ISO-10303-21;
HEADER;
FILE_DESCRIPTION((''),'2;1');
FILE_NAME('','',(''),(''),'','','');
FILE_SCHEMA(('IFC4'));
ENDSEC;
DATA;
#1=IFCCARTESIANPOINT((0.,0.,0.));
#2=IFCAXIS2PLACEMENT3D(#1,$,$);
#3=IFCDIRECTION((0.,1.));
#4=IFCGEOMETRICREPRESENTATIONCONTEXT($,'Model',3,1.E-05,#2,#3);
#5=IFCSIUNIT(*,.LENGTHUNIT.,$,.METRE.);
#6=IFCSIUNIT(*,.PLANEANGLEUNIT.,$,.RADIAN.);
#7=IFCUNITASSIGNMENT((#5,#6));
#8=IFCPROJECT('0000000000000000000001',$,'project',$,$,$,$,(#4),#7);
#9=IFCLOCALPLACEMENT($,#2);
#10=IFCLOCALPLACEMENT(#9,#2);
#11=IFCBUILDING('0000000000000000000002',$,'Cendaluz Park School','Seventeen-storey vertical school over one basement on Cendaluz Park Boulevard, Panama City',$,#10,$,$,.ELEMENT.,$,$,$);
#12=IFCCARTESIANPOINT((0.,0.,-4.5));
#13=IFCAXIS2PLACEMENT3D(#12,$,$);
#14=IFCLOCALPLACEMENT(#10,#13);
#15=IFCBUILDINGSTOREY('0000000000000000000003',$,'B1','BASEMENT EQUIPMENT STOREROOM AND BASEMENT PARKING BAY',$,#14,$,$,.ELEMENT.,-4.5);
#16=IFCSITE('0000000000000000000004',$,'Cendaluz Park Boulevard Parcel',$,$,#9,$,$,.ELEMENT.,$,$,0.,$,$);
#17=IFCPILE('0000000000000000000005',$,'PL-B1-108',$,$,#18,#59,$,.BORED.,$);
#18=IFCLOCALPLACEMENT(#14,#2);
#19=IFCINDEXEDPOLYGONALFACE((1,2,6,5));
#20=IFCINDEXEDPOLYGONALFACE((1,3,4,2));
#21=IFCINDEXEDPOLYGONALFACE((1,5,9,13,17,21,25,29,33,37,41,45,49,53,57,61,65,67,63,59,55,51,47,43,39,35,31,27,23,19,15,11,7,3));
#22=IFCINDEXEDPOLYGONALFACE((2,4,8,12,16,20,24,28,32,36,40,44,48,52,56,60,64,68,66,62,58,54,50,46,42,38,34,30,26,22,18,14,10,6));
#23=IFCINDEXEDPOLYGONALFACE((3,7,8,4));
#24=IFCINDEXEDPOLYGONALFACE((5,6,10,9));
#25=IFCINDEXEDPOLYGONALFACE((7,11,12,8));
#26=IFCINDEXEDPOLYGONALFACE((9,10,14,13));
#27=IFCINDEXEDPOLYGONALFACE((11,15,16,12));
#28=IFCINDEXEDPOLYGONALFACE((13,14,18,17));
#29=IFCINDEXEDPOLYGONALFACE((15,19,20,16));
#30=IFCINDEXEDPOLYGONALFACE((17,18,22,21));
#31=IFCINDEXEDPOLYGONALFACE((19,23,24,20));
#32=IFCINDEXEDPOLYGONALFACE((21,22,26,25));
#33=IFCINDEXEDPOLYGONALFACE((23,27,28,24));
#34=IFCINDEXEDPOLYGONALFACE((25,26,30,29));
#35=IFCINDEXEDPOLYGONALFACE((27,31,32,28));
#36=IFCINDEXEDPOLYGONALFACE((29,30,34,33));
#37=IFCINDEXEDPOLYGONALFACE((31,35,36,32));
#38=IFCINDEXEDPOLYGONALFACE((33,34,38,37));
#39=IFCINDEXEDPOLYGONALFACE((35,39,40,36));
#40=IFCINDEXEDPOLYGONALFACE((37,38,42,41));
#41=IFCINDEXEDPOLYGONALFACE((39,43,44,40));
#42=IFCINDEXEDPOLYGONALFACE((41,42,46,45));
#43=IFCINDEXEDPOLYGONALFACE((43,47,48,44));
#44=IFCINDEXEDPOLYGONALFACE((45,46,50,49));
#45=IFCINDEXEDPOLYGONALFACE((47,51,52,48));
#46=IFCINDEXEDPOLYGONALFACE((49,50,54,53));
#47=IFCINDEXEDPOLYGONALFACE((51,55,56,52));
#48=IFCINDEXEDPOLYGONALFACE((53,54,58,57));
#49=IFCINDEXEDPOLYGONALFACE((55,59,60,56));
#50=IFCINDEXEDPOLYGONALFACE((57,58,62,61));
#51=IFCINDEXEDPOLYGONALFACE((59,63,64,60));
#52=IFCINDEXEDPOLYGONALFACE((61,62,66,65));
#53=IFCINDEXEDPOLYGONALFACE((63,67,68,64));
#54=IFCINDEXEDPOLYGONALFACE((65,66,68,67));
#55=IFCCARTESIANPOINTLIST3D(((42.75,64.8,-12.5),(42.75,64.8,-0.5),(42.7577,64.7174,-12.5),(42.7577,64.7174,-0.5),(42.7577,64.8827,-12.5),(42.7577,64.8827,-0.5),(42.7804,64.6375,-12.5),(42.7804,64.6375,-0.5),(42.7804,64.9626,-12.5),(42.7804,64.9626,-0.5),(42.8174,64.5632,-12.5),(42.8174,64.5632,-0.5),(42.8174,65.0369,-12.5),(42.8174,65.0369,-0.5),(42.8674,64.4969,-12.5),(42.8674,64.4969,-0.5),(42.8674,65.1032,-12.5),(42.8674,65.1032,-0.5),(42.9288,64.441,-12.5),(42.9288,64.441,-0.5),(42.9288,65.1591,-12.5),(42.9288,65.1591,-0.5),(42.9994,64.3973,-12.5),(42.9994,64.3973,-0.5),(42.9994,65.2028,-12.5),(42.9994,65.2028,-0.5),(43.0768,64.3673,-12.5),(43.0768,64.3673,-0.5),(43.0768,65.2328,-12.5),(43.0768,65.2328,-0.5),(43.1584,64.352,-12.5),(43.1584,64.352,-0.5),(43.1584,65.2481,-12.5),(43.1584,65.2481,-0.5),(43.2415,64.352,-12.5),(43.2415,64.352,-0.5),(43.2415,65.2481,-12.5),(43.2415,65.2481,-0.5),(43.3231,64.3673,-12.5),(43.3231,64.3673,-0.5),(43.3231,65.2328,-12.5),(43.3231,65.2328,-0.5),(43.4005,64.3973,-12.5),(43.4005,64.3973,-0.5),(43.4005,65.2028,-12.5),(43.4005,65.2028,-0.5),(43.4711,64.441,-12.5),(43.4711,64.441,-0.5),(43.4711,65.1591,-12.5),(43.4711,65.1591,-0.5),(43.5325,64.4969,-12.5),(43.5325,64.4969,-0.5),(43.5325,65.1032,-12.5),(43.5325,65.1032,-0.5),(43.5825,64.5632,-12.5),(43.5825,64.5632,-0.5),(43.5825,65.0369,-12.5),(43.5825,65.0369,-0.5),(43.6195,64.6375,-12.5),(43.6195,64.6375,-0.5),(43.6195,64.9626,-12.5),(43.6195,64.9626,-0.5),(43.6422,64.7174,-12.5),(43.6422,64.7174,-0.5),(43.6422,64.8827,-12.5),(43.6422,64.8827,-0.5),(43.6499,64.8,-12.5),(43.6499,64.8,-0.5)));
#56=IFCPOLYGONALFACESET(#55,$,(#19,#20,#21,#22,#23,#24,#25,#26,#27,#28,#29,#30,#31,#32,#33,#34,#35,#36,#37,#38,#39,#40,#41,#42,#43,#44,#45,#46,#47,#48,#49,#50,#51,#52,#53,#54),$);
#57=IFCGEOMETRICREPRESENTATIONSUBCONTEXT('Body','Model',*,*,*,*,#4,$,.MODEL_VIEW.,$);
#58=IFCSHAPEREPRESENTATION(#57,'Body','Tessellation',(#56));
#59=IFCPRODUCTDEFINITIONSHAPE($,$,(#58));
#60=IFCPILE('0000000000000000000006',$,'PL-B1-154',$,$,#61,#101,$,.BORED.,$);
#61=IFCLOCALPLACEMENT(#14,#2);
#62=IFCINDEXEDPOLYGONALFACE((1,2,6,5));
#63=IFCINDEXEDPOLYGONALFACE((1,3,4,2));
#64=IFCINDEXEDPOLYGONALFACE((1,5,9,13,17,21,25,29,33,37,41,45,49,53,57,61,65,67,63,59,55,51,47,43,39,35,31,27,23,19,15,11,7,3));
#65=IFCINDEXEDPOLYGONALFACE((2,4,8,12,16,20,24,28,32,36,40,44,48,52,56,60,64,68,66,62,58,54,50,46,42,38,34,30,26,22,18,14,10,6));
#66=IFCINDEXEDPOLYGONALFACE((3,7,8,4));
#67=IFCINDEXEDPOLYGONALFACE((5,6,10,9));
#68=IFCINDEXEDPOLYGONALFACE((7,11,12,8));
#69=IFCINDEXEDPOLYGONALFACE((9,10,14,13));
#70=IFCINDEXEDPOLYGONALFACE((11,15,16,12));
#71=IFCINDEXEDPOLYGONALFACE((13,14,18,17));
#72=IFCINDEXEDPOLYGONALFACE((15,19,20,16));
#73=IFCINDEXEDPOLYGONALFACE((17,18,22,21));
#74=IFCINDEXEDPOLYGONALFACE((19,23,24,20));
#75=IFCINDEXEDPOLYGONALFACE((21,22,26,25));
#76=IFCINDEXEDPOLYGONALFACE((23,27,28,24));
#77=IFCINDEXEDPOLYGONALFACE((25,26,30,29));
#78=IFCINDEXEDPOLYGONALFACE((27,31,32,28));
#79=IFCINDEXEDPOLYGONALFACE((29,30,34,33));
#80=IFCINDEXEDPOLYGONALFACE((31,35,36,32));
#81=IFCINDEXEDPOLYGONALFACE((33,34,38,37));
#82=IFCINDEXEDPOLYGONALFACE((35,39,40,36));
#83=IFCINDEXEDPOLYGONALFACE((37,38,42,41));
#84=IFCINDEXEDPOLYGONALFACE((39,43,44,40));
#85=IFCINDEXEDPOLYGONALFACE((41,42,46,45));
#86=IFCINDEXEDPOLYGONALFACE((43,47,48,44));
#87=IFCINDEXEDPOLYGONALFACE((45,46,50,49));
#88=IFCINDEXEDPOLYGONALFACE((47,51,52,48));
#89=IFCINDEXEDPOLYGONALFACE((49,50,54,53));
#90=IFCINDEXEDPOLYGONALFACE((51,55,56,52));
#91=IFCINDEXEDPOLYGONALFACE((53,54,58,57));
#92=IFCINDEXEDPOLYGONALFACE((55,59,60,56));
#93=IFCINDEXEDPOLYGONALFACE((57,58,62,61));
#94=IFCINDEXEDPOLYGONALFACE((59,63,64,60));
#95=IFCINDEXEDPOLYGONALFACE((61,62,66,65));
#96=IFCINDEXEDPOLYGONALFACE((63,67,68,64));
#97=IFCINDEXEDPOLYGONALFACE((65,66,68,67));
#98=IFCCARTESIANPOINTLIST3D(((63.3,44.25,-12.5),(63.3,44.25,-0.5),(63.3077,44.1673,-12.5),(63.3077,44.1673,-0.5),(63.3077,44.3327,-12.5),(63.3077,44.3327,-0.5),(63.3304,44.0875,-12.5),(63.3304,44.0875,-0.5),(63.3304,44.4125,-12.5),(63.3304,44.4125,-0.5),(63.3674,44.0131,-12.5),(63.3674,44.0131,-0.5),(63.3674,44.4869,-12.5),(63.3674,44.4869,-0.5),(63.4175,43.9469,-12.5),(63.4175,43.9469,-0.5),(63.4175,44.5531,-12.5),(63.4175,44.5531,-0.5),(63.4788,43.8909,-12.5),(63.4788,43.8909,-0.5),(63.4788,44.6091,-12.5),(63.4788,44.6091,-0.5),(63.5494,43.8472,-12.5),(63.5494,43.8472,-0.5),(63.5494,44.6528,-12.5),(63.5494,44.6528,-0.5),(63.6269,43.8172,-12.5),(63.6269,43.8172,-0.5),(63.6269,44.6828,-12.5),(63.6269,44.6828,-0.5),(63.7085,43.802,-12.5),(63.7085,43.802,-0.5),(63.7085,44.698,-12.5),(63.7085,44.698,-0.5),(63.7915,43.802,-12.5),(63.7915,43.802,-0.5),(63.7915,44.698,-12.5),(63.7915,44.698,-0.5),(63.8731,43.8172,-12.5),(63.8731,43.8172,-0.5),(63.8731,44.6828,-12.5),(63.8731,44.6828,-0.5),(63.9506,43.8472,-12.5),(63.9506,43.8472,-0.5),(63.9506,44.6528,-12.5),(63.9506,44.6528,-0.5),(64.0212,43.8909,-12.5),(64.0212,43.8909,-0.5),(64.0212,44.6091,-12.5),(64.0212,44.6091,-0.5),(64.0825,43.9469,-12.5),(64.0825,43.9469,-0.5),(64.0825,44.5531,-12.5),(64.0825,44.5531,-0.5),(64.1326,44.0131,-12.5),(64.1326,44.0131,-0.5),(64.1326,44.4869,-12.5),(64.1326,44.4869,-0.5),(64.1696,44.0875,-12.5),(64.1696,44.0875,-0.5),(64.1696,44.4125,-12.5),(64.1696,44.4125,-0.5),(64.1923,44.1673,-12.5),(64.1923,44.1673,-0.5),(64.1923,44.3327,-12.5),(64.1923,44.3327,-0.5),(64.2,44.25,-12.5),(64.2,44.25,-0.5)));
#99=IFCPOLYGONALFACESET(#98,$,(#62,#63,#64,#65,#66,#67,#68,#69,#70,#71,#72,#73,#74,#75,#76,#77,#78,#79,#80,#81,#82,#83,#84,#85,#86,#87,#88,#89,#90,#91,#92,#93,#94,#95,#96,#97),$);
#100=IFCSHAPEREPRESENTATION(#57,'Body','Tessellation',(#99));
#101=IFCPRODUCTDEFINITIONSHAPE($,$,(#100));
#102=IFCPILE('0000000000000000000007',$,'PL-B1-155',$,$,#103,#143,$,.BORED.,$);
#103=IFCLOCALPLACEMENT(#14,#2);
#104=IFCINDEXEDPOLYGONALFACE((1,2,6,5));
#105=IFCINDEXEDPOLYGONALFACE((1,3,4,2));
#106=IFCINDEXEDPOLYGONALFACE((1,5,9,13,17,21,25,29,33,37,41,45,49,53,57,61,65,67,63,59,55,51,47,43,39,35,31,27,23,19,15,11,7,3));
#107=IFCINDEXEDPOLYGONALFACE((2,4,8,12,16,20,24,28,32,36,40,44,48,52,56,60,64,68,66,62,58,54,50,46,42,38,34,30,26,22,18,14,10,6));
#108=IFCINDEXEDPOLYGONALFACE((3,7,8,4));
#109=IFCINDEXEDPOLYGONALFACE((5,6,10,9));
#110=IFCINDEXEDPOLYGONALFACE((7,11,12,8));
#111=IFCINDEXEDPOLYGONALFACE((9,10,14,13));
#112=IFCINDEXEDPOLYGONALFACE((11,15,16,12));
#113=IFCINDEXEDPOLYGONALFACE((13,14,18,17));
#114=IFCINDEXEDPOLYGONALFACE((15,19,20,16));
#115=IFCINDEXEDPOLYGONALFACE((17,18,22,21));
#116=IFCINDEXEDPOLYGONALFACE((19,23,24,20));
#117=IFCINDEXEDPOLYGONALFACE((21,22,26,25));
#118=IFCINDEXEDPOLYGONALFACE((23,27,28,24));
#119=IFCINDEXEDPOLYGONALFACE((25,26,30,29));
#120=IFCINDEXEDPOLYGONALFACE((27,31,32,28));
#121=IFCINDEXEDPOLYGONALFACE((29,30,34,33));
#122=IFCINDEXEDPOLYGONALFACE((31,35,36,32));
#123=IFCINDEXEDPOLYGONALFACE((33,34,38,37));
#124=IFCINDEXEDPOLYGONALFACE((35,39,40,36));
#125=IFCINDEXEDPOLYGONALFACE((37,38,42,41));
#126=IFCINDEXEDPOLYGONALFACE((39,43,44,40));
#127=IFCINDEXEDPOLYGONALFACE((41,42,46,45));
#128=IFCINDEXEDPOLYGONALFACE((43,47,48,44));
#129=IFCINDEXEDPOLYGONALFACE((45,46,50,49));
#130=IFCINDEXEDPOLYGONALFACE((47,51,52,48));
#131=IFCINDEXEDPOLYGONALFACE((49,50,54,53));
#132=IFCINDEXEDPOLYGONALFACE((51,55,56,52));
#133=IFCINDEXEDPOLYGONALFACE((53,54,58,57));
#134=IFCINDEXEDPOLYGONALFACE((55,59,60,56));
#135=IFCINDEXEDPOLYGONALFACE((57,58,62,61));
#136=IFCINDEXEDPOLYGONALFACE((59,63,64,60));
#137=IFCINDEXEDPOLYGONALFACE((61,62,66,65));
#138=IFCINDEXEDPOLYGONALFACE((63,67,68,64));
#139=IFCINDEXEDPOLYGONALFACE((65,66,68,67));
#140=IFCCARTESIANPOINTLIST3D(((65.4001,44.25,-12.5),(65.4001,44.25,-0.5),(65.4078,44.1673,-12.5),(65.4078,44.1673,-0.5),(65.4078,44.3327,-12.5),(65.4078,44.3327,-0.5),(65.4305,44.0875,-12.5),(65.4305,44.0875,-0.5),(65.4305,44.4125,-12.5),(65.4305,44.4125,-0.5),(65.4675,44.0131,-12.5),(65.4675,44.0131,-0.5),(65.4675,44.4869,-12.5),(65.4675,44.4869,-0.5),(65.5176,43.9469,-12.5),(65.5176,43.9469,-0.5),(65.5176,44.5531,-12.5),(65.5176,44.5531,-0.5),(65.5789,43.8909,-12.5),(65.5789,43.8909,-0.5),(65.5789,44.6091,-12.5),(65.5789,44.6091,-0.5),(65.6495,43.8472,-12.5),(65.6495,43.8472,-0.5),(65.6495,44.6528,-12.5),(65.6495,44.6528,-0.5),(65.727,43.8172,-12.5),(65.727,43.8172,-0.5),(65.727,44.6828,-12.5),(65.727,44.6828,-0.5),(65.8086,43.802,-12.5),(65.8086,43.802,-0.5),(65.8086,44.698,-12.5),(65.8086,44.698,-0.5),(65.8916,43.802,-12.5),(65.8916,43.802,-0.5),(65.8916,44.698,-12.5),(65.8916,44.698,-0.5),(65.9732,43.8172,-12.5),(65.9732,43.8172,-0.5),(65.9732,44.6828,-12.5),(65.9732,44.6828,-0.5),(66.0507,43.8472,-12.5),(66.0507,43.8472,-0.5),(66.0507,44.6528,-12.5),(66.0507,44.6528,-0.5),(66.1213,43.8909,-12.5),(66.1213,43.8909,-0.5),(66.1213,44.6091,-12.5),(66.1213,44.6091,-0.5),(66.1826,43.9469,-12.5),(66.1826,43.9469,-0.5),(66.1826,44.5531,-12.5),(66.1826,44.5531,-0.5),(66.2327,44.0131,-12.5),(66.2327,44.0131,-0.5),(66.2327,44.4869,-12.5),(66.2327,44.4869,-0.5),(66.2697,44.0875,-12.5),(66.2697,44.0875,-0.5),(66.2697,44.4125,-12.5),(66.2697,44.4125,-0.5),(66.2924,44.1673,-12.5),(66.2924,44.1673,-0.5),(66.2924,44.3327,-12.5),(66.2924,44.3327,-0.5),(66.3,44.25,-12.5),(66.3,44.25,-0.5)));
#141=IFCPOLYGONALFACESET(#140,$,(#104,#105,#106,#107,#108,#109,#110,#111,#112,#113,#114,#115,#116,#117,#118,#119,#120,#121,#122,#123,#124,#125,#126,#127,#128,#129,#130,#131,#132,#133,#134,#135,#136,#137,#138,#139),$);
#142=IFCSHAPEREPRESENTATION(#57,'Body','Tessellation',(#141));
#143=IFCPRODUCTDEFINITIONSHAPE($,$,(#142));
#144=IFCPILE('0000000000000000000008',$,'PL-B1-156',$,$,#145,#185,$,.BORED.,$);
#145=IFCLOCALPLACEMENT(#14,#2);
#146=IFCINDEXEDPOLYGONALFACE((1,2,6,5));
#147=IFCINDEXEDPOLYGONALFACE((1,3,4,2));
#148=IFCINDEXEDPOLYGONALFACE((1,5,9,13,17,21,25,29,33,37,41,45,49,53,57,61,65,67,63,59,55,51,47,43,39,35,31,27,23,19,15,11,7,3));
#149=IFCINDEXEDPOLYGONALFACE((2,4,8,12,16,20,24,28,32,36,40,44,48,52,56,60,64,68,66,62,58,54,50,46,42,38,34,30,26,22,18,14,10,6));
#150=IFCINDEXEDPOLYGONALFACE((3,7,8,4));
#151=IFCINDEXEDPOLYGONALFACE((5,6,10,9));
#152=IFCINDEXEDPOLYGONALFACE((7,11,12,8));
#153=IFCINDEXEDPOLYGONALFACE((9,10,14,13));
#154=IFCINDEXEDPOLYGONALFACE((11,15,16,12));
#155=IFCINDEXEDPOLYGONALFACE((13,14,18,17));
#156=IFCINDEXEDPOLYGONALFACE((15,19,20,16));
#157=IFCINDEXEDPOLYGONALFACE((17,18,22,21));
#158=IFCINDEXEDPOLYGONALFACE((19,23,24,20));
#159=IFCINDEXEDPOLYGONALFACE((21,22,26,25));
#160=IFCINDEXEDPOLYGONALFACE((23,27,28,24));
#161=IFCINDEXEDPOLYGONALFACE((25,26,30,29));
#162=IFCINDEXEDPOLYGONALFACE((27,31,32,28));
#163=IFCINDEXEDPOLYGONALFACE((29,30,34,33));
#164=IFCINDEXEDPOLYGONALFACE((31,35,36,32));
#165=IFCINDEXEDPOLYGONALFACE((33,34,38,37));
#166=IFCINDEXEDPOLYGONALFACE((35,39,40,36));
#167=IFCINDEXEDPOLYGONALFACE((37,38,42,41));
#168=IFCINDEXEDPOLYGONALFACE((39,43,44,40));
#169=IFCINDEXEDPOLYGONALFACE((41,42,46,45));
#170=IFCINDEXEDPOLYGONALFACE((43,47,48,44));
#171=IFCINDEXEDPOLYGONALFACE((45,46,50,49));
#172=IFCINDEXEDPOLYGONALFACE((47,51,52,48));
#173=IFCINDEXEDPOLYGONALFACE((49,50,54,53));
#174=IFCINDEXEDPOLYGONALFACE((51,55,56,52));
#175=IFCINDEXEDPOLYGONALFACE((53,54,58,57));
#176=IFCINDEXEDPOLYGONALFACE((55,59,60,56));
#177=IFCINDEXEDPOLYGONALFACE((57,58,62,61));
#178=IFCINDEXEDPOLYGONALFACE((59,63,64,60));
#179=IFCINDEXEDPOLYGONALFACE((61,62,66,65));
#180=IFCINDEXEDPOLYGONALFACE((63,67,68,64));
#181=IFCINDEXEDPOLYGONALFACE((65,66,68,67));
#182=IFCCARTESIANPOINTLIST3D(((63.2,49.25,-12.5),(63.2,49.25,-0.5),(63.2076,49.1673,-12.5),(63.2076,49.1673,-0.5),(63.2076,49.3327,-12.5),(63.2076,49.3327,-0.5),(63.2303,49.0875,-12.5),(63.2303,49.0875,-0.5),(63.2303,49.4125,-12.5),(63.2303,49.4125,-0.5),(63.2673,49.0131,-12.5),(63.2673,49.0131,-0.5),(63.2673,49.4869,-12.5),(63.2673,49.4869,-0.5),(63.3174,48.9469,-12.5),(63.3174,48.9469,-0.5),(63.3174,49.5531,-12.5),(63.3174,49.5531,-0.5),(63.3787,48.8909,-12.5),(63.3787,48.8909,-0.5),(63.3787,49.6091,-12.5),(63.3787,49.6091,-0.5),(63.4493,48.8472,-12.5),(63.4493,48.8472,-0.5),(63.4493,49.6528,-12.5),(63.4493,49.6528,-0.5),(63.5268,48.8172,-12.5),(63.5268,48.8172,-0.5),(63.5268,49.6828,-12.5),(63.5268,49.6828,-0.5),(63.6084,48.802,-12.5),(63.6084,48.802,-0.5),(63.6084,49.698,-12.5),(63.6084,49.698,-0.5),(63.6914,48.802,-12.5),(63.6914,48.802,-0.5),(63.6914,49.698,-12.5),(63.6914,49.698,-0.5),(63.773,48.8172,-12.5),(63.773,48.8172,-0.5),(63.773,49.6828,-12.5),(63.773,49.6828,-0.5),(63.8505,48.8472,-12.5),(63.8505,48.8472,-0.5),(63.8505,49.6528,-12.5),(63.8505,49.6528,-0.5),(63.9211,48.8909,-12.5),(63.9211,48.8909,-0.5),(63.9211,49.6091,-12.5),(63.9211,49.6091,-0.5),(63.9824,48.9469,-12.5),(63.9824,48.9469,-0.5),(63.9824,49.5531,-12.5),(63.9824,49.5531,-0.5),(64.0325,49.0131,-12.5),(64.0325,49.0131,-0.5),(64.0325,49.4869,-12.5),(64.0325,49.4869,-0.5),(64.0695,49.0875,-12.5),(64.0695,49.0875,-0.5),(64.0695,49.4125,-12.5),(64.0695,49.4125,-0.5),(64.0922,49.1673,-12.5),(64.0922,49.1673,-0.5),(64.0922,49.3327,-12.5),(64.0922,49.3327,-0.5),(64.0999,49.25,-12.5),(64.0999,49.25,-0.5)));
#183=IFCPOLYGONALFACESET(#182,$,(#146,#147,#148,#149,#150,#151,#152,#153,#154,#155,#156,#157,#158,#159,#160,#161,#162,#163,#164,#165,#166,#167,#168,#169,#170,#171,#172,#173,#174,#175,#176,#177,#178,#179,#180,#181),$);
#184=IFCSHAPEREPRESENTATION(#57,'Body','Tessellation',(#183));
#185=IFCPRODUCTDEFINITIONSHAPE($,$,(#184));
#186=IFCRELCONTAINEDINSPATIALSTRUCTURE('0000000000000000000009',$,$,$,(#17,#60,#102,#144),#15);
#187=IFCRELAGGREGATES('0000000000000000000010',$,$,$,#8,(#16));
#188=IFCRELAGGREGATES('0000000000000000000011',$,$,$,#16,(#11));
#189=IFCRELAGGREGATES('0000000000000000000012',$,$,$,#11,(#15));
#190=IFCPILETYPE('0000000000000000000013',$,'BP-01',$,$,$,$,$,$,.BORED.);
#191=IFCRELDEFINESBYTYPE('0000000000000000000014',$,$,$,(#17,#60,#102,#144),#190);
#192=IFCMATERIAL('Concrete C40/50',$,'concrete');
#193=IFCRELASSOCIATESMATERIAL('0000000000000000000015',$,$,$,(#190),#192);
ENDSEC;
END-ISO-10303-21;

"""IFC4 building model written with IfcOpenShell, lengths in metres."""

from ifc_helpers import new_model, si_unit, direction, frame, origin, origin_2d, place, context, subcontext, project, spatial, circle, extrude, material, material_profile, profile_set, type_object, element, save


model = new_model("IFC4")

# Units and contexts
model_context = context("Model", 3, precision=1e-05, world=origin(), true_north=direction((0.0, 1.0)))
body_context = subcontext(model_context, "Body", "Model", "MODEL_VIEW")
ifc_project = project(units=[si_unit("LENGTHUNIT", "METRE"), si_unit("PLANEANGLEUNIT", "RADIAN")], contexts=[model_context])

# Site, building, storey
site_placement = place(None, origin())
site = spatial("IfcSite", under=ifc_project, at=site_placement, Name="Cendaluz Park Boulevard Parcel", CompositionType="ELEMENT", RefElevation=0.0)
building_placement = place(site_placement, origin())
building = spatial("IfcBuilding", under=site, at=building_placement, Name="Cendaluz Park School", Description="Seventeen-storey vertical school over one basement on Cendaluz Park Boulevard, Panama City", CompositionType="ELEMENT")
storey_placement = place(building_placement, frame((0.0, 0.0, -4.5)))
storey = spatial("IfcBuildingStorey", under=building, at=storey_placement, Name="B1", Description="BASEMENT EQUIPMENT STOREROOM AND BASEMENT PARKING BAY", CompositionType="ELEMENT", Elevation=-4.5)

# Piles
ifc_material_1 = material(Name="Concrete C40/50", Category="concrete")
ifc_material_profile_1 = material_profile(ifc_material_1, circle(Radius=0.45, at=origin_2d()), Name="BP D900", Category="concrete")
ifc_profile_set_1 = profile_set([ifc_material_profile_1], Name="Concrete C40/50")
pile_type_1 = type_object("IfcPileType", Name="BP-01", PredefinedType="BORED", material=ifc_profile_set_1)
for number, where, z_axis, x_axis, name in (
    (1, (43.2, 64.8, -0.5), (0.0, 0.0, -1.0), (1.0, 0.0, 0.0), "PL-B1-108"),
    (2, (63.75, 44.25, -0.5), (0.0, 0.0, -1.0), (1.0, 0.0, 0.0), "PL-B1-154"),
    (3, (65.8501, 44.25, -0.5), (0.0, 0.0, -1.0), (1.0, 0.0, 0.0), "PL-B1-155"),
    (4, (63.6499, 49.25, -0.5), (0.0, 0.0, -1.0), (1.0, 0.0, 0.0), "PL-B1-156"),
):
    element("IfcPile", number, at=place(storey_placement, frame(where, z_axis=z_axis, x_axis=x_axis)), inside=storey, type_object=pile_type_1, Name=name, PredefinedType="BORED", context=body_context, shape_type="SweptSolid", body=[
        extrude(circle(Radius=0.45, at=origin_2d()), origin(), (0.0, 0.0, 1.0), 12.0),
    ])

save(model, "model.ifc")
